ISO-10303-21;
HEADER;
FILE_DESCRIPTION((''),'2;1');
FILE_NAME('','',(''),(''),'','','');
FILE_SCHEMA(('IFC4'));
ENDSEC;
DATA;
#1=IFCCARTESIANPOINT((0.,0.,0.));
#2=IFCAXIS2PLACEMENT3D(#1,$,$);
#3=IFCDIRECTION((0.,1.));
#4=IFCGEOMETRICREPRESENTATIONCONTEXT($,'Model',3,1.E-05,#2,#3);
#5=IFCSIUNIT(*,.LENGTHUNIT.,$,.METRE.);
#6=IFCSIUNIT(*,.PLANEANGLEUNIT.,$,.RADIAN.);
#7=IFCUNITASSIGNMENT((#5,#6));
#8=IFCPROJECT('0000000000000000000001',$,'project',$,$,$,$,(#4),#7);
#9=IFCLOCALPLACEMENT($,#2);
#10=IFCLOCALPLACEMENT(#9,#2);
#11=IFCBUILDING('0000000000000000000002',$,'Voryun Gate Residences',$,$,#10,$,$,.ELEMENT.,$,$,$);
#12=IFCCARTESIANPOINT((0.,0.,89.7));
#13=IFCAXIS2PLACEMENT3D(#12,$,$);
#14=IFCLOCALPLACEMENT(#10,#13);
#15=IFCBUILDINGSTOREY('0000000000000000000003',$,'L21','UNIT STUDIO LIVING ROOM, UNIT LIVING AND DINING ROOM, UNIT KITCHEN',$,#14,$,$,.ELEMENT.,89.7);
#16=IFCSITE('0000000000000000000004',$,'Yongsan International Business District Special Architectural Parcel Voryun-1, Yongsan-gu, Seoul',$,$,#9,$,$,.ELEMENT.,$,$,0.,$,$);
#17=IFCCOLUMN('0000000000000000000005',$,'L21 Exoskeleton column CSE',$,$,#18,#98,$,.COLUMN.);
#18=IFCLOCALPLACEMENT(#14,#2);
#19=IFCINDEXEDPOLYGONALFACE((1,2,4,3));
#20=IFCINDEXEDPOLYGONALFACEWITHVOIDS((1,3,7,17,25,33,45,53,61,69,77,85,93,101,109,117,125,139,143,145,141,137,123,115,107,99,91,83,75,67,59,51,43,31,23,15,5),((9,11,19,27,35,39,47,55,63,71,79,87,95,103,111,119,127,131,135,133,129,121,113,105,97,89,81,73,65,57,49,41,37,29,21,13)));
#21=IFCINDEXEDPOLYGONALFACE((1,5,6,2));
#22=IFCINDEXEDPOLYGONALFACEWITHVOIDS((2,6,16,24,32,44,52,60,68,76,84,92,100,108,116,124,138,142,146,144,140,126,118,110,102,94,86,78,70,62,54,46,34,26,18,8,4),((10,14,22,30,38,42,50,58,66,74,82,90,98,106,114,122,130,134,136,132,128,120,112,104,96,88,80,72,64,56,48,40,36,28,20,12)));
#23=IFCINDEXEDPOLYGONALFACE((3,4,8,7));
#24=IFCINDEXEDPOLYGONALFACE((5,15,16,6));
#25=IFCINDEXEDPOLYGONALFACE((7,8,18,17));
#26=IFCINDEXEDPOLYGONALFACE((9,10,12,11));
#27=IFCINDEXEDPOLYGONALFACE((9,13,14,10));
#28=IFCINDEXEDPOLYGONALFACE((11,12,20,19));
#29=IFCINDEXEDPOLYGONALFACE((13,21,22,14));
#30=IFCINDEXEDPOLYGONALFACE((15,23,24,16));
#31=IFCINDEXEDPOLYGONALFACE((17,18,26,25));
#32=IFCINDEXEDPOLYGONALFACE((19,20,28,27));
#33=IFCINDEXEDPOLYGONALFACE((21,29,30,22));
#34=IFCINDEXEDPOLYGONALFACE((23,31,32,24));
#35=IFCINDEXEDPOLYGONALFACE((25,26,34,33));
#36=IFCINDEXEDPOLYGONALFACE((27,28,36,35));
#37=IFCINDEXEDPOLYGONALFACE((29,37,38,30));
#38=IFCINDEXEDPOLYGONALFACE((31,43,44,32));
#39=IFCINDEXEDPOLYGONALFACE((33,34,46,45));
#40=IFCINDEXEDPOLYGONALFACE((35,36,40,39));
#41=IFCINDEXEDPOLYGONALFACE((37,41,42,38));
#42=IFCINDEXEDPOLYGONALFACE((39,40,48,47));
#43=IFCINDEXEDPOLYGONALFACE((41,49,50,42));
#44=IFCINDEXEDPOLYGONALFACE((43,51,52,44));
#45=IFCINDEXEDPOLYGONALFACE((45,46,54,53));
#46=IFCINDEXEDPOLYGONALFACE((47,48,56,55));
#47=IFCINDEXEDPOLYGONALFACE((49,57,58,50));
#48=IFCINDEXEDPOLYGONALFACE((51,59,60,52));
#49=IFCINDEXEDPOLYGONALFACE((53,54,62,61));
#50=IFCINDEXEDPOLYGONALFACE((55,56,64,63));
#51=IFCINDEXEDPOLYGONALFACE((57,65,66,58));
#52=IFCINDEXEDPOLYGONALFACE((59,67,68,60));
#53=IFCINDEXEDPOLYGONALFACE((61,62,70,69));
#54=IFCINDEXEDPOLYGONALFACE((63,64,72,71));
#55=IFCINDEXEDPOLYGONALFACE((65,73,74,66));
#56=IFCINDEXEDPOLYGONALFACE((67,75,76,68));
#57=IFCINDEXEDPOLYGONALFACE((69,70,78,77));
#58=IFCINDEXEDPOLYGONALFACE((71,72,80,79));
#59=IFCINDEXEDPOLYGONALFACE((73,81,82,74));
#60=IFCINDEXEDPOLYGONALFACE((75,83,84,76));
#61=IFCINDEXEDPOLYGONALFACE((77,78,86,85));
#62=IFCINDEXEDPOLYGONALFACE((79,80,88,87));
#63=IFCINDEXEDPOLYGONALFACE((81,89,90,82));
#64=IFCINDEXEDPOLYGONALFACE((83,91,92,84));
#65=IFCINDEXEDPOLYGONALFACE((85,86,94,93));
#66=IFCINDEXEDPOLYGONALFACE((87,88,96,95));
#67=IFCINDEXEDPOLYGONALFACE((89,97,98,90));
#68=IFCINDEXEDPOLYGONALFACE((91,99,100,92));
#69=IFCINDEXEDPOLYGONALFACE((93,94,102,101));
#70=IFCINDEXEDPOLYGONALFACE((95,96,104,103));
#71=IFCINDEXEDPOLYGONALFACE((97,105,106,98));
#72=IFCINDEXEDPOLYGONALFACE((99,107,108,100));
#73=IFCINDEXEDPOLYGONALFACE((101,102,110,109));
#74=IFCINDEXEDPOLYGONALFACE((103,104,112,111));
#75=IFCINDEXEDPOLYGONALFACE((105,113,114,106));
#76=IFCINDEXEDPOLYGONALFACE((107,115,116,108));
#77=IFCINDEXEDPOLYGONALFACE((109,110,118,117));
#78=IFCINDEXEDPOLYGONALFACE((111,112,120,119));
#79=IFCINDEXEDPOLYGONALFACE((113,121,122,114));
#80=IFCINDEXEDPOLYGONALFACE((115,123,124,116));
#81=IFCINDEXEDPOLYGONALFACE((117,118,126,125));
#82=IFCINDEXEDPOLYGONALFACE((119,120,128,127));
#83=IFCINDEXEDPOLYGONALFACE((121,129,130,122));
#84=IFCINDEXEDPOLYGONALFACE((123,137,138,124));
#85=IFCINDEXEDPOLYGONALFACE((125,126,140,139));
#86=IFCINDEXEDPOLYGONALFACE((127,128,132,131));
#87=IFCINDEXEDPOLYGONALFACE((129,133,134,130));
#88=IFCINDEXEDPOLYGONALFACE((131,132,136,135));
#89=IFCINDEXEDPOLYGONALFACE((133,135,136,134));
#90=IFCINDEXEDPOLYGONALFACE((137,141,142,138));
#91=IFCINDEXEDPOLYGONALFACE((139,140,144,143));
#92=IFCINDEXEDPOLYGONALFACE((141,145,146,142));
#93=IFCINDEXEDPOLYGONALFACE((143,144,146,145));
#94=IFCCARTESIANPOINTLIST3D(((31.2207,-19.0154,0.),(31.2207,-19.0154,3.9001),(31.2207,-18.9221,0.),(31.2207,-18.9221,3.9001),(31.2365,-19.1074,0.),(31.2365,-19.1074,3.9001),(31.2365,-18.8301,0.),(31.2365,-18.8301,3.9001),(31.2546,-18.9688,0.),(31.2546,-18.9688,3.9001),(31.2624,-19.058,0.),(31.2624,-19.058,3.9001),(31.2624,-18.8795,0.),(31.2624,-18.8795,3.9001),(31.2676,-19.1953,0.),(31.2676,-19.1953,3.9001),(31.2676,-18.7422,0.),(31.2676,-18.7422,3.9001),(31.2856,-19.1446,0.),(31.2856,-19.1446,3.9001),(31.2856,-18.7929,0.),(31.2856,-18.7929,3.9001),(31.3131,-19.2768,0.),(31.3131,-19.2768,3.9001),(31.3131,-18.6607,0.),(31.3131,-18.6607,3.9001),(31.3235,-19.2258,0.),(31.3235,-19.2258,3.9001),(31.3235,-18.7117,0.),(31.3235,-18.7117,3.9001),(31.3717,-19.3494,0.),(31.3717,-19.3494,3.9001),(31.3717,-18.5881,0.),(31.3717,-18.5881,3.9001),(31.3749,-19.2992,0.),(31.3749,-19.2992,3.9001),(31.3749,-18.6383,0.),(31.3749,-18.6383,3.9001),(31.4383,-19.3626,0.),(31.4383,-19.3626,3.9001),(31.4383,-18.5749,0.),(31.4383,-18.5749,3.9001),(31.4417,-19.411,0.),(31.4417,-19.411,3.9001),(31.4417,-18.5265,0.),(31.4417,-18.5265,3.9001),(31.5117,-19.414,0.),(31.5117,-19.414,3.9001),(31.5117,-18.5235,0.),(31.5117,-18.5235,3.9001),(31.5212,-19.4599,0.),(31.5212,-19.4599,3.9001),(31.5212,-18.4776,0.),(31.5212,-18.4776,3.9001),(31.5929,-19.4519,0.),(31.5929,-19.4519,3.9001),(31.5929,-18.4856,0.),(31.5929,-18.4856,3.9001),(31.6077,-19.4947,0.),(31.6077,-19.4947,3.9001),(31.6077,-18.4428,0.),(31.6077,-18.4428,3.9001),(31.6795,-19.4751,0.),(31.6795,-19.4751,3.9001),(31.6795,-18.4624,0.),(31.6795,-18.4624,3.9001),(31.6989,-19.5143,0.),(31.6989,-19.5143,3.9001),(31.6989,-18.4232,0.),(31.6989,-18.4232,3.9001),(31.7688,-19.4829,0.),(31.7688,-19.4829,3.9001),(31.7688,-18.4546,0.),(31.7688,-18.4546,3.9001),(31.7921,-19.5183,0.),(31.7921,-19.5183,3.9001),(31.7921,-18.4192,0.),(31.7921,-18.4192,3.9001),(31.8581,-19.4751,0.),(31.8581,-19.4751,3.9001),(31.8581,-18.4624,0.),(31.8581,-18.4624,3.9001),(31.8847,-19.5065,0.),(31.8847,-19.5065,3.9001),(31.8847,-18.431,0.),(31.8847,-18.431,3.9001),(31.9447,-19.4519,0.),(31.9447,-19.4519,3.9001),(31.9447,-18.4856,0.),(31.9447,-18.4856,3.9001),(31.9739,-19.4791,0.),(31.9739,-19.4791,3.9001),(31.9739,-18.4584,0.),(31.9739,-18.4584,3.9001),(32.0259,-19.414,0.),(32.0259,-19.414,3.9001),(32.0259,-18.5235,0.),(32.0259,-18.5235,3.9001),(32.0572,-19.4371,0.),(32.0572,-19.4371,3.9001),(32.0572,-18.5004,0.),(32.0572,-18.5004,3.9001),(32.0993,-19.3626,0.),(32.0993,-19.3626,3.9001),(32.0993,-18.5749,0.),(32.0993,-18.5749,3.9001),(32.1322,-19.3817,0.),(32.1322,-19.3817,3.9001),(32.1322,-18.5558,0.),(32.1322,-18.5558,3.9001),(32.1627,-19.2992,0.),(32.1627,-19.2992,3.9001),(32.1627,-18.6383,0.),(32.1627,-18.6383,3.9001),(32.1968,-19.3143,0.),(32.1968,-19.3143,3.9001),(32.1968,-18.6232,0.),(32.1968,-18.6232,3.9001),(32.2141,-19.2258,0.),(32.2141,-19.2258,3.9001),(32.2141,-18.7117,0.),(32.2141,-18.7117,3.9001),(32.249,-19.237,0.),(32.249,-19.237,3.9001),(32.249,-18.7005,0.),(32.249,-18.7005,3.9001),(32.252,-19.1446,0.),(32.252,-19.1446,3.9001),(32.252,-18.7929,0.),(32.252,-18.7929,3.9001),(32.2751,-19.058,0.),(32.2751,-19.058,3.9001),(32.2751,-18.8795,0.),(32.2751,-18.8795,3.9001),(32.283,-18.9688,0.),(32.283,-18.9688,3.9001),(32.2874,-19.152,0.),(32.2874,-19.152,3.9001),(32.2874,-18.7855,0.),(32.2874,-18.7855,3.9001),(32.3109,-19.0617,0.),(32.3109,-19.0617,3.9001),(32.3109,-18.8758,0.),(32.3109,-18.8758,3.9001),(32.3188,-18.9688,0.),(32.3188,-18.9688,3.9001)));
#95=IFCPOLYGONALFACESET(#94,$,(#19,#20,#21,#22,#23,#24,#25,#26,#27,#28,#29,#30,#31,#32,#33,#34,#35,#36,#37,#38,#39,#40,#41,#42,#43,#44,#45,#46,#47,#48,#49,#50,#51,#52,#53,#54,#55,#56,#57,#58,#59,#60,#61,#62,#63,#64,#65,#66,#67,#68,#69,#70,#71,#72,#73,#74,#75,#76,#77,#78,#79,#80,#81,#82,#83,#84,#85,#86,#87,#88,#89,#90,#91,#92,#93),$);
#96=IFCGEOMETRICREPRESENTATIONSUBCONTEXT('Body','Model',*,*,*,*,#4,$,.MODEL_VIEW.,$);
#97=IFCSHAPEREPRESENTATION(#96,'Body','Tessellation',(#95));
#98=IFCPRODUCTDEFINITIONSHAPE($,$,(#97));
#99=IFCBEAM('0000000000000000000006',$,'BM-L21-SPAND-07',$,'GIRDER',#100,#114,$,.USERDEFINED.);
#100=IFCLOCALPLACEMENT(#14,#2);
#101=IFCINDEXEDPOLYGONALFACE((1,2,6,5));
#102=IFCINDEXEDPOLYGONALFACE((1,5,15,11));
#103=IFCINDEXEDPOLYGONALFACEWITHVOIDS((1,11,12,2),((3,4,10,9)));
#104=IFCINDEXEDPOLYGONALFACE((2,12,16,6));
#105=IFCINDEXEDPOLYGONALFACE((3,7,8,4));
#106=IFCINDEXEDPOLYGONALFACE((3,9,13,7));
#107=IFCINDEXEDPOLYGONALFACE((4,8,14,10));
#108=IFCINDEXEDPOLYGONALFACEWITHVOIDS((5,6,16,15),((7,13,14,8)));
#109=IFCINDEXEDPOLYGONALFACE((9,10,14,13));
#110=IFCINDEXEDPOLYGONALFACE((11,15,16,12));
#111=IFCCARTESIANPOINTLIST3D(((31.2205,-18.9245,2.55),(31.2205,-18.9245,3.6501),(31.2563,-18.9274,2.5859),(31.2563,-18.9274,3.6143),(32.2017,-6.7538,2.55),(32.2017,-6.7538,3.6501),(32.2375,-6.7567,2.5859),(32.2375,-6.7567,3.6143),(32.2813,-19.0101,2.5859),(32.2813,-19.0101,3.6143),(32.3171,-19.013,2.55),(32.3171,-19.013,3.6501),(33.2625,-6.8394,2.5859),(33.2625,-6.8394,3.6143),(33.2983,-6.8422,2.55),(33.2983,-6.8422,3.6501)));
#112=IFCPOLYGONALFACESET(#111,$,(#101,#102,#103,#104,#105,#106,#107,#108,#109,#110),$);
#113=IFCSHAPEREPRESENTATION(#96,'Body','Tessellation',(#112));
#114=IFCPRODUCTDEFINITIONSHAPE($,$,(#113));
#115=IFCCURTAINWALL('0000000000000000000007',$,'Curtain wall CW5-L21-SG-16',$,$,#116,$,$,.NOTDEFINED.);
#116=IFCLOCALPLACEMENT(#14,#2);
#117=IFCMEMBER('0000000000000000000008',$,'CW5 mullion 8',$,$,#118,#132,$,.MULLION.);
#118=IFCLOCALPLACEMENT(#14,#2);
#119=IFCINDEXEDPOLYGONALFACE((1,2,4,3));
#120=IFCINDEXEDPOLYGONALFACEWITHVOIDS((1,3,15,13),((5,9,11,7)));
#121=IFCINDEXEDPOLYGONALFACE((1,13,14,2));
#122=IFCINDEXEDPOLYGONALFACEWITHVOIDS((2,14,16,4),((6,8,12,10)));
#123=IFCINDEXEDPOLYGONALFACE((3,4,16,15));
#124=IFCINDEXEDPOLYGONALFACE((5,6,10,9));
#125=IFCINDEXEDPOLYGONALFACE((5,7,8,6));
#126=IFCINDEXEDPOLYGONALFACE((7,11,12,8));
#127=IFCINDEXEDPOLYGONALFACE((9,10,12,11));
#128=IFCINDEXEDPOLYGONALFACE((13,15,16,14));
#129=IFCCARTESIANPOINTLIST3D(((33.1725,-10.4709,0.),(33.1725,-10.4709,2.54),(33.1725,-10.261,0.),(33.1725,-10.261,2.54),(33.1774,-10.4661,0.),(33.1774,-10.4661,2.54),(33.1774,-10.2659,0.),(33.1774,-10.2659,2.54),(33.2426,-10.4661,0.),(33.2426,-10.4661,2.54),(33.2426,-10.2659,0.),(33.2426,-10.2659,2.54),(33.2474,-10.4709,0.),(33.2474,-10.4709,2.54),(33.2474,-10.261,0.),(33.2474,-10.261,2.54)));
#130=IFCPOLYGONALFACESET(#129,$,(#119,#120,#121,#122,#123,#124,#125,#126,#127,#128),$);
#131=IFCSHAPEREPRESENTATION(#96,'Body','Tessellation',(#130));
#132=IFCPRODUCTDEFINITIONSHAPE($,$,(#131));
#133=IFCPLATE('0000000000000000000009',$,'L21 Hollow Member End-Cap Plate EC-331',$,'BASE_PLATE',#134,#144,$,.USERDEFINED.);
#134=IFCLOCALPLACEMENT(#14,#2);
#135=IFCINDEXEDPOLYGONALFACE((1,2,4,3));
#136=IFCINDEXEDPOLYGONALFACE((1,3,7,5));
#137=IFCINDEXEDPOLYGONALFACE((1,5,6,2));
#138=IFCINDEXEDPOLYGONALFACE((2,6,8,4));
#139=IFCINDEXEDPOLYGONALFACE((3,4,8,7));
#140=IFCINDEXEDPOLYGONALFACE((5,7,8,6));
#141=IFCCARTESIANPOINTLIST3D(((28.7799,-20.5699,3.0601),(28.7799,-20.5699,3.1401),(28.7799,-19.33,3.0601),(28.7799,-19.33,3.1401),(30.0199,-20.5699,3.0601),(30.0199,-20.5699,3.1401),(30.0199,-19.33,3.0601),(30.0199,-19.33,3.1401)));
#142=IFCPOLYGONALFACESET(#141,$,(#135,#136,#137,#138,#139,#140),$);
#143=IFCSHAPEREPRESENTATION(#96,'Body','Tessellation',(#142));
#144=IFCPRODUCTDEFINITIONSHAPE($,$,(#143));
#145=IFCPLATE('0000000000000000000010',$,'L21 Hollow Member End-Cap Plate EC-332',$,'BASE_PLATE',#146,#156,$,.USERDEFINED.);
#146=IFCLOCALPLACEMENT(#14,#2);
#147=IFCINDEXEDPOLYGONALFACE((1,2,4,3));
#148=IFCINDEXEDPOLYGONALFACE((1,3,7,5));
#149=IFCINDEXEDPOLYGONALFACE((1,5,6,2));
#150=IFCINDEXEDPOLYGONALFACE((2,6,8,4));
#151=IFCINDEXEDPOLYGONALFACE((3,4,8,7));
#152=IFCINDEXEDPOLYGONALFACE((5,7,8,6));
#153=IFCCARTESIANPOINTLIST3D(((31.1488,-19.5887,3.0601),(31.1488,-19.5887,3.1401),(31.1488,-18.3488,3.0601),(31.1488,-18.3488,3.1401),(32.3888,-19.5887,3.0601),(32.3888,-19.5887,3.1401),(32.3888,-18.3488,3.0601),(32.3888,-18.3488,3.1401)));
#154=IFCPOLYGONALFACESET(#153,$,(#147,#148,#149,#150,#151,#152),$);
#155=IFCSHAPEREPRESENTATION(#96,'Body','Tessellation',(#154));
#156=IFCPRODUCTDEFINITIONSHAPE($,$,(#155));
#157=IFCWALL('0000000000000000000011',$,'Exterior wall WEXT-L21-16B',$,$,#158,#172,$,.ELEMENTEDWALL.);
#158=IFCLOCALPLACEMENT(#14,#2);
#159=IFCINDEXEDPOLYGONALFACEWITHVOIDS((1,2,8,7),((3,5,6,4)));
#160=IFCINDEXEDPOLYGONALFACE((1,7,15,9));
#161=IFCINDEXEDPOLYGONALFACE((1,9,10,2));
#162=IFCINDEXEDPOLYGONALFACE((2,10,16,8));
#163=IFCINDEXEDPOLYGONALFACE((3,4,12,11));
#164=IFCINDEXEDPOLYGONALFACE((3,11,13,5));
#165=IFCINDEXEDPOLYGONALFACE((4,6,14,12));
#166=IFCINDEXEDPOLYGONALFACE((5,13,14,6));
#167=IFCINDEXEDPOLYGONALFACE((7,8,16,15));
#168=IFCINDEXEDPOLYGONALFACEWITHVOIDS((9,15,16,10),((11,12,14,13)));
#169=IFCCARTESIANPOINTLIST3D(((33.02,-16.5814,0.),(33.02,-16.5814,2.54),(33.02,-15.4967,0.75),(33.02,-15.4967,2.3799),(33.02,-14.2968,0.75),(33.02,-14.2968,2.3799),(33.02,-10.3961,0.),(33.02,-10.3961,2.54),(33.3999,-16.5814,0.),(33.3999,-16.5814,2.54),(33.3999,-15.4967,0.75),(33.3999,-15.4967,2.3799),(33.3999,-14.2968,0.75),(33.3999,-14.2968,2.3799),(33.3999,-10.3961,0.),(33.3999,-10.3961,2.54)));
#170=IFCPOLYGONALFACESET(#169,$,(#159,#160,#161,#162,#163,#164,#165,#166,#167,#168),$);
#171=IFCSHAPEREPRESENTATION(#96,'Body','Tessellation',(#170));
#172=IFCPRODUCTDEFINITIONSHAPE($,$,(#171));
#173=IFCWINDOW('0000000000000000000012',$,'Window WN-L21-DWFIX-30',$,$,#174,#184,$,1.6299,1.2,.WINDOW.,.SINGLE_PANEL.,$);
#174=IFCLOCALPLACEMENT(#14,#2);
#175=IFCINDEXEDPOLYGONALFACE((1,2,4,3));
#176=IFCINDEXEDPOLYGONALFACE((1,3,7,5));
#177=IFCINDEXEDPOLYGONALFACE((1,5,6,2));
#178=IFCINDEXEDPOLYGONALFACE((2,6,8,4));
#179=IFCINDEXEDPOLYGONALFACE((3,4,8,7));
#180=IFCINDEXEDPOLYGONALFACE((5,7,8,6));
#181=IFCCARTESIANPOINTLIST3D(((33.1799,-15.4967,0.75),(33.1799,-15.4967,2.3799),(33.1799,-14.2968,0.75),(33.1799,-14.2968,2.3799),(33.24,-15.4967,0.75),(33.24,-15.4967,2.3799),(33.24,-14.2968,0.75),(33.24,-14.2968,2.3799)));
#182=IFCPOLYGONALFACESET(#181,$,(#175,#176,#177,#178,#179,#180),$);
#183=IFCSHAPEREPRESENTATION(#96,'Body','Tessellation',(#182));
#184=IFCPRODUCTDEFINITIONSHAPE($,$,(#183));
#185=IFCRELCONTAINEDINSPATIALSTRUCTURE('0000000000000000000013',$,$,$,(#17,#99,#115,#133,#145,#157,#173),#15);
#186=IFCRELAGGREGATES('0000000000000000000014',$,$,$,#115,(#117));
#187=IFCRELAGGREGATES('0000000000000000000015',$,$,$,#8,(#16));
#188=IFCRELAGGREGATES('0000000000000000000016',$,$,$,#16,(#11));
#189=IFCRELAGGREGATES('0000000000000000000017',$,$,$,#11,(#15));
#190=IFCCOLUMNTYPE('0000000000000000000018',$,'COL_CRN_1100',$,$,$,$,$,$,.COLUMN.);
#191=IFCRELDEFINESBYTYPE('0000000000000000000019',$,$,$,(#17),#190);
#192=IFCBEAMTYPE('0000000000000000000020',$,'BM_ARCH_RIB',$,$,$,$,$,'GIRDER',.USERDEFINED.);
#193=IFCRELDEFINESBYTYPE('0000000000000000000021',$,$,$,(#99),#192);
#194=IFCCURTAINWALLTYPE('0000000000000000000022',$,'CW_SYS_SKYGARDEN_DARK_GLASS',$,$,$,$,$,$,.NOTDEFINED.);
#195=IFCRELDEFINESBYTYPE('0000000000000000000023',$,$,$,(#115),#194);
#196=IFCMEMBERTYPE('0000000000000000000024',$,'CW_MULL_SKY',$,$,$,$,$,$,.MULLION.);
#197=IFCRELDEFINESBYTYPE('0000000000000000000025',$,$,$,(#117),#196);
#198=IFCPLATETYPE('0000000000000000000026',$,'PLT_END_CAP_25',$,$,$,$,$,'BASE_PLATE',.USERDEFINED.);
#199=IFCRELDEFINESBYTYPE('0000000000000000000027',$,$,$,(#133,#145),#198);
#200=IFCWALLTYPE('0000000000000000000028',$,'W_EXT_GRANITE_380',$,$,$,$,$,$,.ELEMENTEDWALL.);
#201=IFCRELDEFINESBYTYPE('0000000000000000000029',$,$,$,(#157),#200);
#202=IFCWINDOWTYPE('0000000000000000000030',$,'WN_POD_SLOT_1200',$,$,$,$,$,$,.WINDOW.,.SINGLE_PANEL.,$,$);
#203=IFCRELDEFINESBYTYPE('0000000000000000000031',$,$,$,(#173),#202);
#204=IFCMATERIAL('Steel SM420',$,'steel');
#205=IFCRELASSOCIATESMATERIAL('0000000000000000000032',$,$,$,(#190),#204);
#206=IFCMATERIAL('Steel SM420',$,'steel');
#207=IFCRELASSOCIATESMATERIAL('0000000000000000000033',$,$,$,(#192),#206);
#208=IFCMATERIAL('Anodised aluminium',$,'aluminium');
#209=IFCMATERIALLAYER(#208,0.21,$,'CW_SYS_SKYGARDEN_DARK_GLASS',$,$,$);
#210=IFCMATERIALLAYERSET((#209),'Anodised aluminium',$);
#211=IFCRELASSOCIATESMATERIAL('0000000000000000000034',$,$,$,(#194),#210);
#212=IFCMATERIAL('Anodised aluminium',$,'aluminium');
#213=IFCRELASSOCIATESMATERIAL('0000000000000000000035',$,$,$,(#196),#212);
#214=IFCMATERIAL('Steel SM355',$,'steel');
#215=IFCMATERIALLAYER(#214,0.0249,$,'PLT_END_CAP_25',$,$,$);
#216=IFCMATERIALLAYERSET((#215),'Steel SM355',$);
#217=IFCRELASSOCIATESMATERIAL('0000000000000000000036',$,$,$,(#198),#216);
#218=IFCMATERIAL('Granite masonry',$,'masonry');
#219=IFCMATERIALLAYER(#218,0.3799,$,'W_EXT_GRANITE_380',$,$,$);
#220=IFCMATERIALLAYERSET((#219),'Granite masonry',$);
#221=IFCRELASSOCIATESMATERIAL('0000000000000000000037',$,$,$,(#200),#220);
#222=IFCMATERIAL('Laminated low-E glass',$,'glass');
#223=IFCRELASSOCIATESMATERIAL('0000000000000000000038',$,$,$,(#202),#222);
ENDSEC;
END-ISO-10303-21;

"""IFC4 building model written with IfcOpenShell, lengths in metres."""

from ifc_helpers import new_model, si_unit, direction, frame, frame_2d, origin, origin_2d, place, context, subcontext, project, spatial, rectangle, hollow_rectangle, hollow_circle, extrude, material, layer, layer_set, material_profile, profile_set, type_object, element, fill, aggregate, save


model = new_model("IFC4")

# Units and contexts
model_context = context("Model", 3, precision=1e-05, world=origin(), true_north=direction((0.0, 1.0)))
body_context = subcontext(model_context, "Body", "Model", "MODEL_VIEW")
ifc_project = project(units=[si_unit("LENGTHUNIT", "METRE"), si_unit("PLANEANGLEUNIT", "RADIAN")], contexts=[model_context])

# Site, building, storey
site_placement = place(None, origin())
site = spatial("IfcSite", under=ifc_project, at=site_placement, Name="Yongsan International Business District Special Architectural Parcel Voryun-1, Yongsan-gu, Seoul", CompositionType="ELEMENT", RefElevation=0.0)
building_placement = place(site_placement, origin())
building = spatial("IfcBuilding", under=site, at=building_placement, Name="Voryun Gate Residences", CompositionType="ELEMENT")
storey_placement = place(building_placement, frame((0.0, 0.0, 89.7)))
storey = spatial("IfcBuildingStorey", under=building, at=storey_placement, Name="L21", Description="UNIT STUDIO LIVING ROOM, UNIT LIVING AND DINING ROOM, UNIT KITCHEN", CompositionType="ELEMENT", Elevation=89.7)

# Column
ifc_material_1 = material(Name="Steel SM420", Category="steel")
ifc_material_profile_1 = material_profile(ifc_material_1, hollow_circle(Radius=0.55, WallThickness=0.0359, at=origin_2d()), Name="CHS-1100x36")
ifc_profile_set_1 = profile_set([ifc_material_profile_1], Name="Steel SM420")
column_type = type_object("IfcColumnType", Name="COL_CRN_1100", PredefinedType="COLUMN", material=ifc_profile_set_1)
column_placement = place(storey_placement, frame((31.7688, -18.9688, 0.0), z_axis=(0.0, 0.0, 1.0), x_axis=(1.0, 0.0, 0.0)))
element("IfcColumn", 1, at=column_placement, inside=storey, type_object=column_type, Name="L21 Exoskeleton column CSE", PredefinedType="COLUMN", context=body_context, shape_type="SweptSolid", body=[
    extrude(hollow_circle(Radius=0.55, WallThickness=0.0359, at=origin_2d()), origin(), (0.0, 0.0, 1.0), 3.9001),
])

# Beam
ifc_material_2 = material(Name="Steel SM420", Category="steel")
ifc_material_profile_2 = material_profile(ifc_material_2, hollow_rectangle(XDim=1.1001, YDim=1.1001, WallThickness=0.0359, at=origin_2d()), Name="BOX-1100x1100x36")
ifc_profile_set_2 = profile_set([ifc_material_profile_2], Name="Steel SM420")
beam_type = type_object("IfcBeamType", Name="BM_ARCH_RIB", ElementType="GIRDER", PredefinedType="USERDEFINED", material=ifc_profile_set_2)
beam_placement = place(storey_placement, frame((31.7688, -18.9688, 3.1001), z_axis=(0.08036, 0.996766, 0.0), x_axis=(-0.996766, 0.08036, 0.0)))
element("IfcBeam", 2, at=beam_placement, inside=storey, type_object=beam_type, Name="BM-L21-SPAND-07", ObjectType="GIRDER", PredefinedType="USERDEFINED", context=body_context, shape_type="SweptSolid", body=[
    extrude(hollow_rectangle(XDim=1.1001, YDim=1.1001, WallThickness=0.0359, at=origin_2d()), origin(), (0.0, 0.0, 1.0), 12.2102),
])

# Curtain wall, member
ifc_material_3 = material(Name="Anodised aluminium", Category="aluminium")
ifc_layer_1 = layer(ifc_material_3, 0.21, Name="CW_SYS_SKYGARDEN_DARK_GLASS")
ifc_layer_set_1 = layer_set([ifc_layer_1], Name="Anodised aluminium")
curtain_wall_type = type_object("IfcCurtainWallType", Name="CW_SYS_SKYGARDEN_DARK_GLASS", PredefinedType="NOTDEFINED", material=ifc_layer_set_1)
curtain_wall_placement = place(storey_placement, origin())
curtain_wall = element("IfcCurtainWall", 3, at=curtain_wall_placement, inside=storey, type_object=curtain_wall_type, Name="Curtain wall CW5-L21-SG-16", PredefinedType="NOTDEFINED")
ifc_material_4 = material(Name="Anodised aluminium", Category="aluminium")
ifc_material_profile_3 = material_profile(ifc_material_4, hollow_rectangle(XDim=0.075, YDim=0.21, WallThickness=0.0049, at=origin_2d()), Name="ALU-MULL-210x75x5")
ifc_profile_set_3 = profile_set([ifc_material_profile_3], Name="Anodised aluminium")
member_type = type_object("IfcMemberType", Name="CW_MULL_SKY", PredefinedType="MULLION", material=ifc_profile_set_3)
member_placement = place(storey_placement, frame((33.21, -10.366, 0.0), z_axis=(0.0, 0.0, 1.0), x_axis=(1.0, 0.0, 0.0)))
member = element("IfcMember", 4, at=member_placement, type_object=member_type, Name="CW5 mullion 8", PredefinedType="MULLION", context=body_context, shape_type="SweptSolid", body=[
    extrude(hollow_rectangle(XDim=0.075, YDim=0.21, WallThickness=0.0049, at=origin_2d()), origin(), (0.0, 0.0, 1.0), 2.54),
])
aggregate(curtain_wall, [member])

# Plates
ifc_material_5 = material(Name="Steel SM355", Category="steel")
ifc_layer_2 = layer(ifc_material_5, 0.0249, Name="PLT_END_CAP_25")
ifc_layer_set_2 = layer_set([ifc_layer_2], Name="Steel SM355")
plate_type = type_object("IfcPlateType", Name="PLT_END_CAP_25", ElementType="BASE_PLATE", PredefinedType="USERDEFINED", material=ifc_layer_set_2)
for number, where, z_axis, x_axis, name in (
    (5, (29.3999, -19.95, 3.0601), (0.0, 0.0, 1.0), (1.0, 0.0, 0.0), "L21 Hollow Member End-Cap Plate EC-331"),
    (6, (31.7688, -18.9688, 3.0601), (0.0, 0.0, 1.0), (1.0, 0.0, 0.0), "L21 Hollow Member End-Cap Plate EC-332"),
):
    element("IfcPlate", number, at=place(storey_placement, frame(where, z_axis=z_axis, x_axis=x_axis)), inside=storey, type_object=plate_type, Name=name, ObjectType="BASE_PLATE", PredefinedType="USERDEFINED", context=body_context, shape_type="SweptSolid", body=[
        extrude(rectangle(XDim=1.24, YDim=1.24, at=origin_2d()), origin(), (0.0, 0.0, 1.0), 0.0801),
    ])

# Wall, opening, window
ifc_material_6 = material(Name="Granite masonry", Category="masonry")
ifc_layer_3 = layer(ifc_material_6, 0.3799, Name="W_EXT_GRANITE_380")
ifc_layer_set_3 = layer_set([ifc_layer_3], Name="Granite masonry")
wall_type_1 = type_object("IfcWallType", Name="W_EXT_GRANITE_380", PredefinedType="ELEMENTEDWALL", material=ifc_layer_set_3)
wall_1_placement = place(storey_placement, frame((33.21, -10.396, 0.0), z_axis=(0.0, 0.0, 1.0), x_axis=(0.0, -1.0, 0.0)))
wall_1 = element("IfcWall", 7, at=wall_1_placement, inside=storey, type_object=wall_type_1, Name="Exterior wall WEXT-L21-16B", PredefinedType="ELEMENTEDWALL", context=body_context, shape_type="SweptSolid", body=[
    extrude(rectangle(XDim=6.1853, YDim=0.3799, at=frame_2d((3.0928, 0.0))), origin(), (0.0, 0.0, 1.0), 2.54),
])
opening_1_placement = place(wall_1_placement, frame((3.9006, 0.0, 0.75)))
opening_1 = element("IfcOpeningElement", 8, at=opening_1_placement, cuts=wall_1, PredefinedType="OPENING", context=body_context, shape_type="SweptSolid", body=[
    extrude(rectangle(XDim=1.2, YDim=1.6299, at=frame_2d((0.6001, 0.8149))), frame((0.0, 0.2, 0.0), z_axis=(0.0, -1.0, 0.0), x_axis=(1.0, 0.0, 0.0)), (0.0, 0.0, 1.0), 0.3999),
])
ifc_material_7 = material(Name="Laminated low-E glass", Category="glass")
window_type = type_object("IfcWindowType", Name="WN_POD_SLOT_1200", PartitioningType="SINGLE_PANEL", PredefinedType="WINDOW", material=ifc_material_7)
window_placement = place(opening_1_placement, origin())
window = element("IfcWindow", 9, at=window_placement, inside=storey, type_object=window_type, Name="Window WN-L21-DWFIX-30", OverallHeight=1.6299, OverallWidth=1.2, PartitioningType="SINGLE_PANEL", PredefinedType="WINDOW", context=body_context, shape_type="SweptSolid", body=[
    extrude(rectangle(XDim=1.2, YDim=1.6299, at=frame_2d((0.6001, 0.8149))), frame((0.0, 0.03, 0.0), z_axis=(0.0, -1.0, 0.0), x_axis=(1.0, 0.0, 0.0)), (0.0, 0.0, 1.0), 0.0601),
])
fill(opening_1, window)

save(model, "model.ifc")
